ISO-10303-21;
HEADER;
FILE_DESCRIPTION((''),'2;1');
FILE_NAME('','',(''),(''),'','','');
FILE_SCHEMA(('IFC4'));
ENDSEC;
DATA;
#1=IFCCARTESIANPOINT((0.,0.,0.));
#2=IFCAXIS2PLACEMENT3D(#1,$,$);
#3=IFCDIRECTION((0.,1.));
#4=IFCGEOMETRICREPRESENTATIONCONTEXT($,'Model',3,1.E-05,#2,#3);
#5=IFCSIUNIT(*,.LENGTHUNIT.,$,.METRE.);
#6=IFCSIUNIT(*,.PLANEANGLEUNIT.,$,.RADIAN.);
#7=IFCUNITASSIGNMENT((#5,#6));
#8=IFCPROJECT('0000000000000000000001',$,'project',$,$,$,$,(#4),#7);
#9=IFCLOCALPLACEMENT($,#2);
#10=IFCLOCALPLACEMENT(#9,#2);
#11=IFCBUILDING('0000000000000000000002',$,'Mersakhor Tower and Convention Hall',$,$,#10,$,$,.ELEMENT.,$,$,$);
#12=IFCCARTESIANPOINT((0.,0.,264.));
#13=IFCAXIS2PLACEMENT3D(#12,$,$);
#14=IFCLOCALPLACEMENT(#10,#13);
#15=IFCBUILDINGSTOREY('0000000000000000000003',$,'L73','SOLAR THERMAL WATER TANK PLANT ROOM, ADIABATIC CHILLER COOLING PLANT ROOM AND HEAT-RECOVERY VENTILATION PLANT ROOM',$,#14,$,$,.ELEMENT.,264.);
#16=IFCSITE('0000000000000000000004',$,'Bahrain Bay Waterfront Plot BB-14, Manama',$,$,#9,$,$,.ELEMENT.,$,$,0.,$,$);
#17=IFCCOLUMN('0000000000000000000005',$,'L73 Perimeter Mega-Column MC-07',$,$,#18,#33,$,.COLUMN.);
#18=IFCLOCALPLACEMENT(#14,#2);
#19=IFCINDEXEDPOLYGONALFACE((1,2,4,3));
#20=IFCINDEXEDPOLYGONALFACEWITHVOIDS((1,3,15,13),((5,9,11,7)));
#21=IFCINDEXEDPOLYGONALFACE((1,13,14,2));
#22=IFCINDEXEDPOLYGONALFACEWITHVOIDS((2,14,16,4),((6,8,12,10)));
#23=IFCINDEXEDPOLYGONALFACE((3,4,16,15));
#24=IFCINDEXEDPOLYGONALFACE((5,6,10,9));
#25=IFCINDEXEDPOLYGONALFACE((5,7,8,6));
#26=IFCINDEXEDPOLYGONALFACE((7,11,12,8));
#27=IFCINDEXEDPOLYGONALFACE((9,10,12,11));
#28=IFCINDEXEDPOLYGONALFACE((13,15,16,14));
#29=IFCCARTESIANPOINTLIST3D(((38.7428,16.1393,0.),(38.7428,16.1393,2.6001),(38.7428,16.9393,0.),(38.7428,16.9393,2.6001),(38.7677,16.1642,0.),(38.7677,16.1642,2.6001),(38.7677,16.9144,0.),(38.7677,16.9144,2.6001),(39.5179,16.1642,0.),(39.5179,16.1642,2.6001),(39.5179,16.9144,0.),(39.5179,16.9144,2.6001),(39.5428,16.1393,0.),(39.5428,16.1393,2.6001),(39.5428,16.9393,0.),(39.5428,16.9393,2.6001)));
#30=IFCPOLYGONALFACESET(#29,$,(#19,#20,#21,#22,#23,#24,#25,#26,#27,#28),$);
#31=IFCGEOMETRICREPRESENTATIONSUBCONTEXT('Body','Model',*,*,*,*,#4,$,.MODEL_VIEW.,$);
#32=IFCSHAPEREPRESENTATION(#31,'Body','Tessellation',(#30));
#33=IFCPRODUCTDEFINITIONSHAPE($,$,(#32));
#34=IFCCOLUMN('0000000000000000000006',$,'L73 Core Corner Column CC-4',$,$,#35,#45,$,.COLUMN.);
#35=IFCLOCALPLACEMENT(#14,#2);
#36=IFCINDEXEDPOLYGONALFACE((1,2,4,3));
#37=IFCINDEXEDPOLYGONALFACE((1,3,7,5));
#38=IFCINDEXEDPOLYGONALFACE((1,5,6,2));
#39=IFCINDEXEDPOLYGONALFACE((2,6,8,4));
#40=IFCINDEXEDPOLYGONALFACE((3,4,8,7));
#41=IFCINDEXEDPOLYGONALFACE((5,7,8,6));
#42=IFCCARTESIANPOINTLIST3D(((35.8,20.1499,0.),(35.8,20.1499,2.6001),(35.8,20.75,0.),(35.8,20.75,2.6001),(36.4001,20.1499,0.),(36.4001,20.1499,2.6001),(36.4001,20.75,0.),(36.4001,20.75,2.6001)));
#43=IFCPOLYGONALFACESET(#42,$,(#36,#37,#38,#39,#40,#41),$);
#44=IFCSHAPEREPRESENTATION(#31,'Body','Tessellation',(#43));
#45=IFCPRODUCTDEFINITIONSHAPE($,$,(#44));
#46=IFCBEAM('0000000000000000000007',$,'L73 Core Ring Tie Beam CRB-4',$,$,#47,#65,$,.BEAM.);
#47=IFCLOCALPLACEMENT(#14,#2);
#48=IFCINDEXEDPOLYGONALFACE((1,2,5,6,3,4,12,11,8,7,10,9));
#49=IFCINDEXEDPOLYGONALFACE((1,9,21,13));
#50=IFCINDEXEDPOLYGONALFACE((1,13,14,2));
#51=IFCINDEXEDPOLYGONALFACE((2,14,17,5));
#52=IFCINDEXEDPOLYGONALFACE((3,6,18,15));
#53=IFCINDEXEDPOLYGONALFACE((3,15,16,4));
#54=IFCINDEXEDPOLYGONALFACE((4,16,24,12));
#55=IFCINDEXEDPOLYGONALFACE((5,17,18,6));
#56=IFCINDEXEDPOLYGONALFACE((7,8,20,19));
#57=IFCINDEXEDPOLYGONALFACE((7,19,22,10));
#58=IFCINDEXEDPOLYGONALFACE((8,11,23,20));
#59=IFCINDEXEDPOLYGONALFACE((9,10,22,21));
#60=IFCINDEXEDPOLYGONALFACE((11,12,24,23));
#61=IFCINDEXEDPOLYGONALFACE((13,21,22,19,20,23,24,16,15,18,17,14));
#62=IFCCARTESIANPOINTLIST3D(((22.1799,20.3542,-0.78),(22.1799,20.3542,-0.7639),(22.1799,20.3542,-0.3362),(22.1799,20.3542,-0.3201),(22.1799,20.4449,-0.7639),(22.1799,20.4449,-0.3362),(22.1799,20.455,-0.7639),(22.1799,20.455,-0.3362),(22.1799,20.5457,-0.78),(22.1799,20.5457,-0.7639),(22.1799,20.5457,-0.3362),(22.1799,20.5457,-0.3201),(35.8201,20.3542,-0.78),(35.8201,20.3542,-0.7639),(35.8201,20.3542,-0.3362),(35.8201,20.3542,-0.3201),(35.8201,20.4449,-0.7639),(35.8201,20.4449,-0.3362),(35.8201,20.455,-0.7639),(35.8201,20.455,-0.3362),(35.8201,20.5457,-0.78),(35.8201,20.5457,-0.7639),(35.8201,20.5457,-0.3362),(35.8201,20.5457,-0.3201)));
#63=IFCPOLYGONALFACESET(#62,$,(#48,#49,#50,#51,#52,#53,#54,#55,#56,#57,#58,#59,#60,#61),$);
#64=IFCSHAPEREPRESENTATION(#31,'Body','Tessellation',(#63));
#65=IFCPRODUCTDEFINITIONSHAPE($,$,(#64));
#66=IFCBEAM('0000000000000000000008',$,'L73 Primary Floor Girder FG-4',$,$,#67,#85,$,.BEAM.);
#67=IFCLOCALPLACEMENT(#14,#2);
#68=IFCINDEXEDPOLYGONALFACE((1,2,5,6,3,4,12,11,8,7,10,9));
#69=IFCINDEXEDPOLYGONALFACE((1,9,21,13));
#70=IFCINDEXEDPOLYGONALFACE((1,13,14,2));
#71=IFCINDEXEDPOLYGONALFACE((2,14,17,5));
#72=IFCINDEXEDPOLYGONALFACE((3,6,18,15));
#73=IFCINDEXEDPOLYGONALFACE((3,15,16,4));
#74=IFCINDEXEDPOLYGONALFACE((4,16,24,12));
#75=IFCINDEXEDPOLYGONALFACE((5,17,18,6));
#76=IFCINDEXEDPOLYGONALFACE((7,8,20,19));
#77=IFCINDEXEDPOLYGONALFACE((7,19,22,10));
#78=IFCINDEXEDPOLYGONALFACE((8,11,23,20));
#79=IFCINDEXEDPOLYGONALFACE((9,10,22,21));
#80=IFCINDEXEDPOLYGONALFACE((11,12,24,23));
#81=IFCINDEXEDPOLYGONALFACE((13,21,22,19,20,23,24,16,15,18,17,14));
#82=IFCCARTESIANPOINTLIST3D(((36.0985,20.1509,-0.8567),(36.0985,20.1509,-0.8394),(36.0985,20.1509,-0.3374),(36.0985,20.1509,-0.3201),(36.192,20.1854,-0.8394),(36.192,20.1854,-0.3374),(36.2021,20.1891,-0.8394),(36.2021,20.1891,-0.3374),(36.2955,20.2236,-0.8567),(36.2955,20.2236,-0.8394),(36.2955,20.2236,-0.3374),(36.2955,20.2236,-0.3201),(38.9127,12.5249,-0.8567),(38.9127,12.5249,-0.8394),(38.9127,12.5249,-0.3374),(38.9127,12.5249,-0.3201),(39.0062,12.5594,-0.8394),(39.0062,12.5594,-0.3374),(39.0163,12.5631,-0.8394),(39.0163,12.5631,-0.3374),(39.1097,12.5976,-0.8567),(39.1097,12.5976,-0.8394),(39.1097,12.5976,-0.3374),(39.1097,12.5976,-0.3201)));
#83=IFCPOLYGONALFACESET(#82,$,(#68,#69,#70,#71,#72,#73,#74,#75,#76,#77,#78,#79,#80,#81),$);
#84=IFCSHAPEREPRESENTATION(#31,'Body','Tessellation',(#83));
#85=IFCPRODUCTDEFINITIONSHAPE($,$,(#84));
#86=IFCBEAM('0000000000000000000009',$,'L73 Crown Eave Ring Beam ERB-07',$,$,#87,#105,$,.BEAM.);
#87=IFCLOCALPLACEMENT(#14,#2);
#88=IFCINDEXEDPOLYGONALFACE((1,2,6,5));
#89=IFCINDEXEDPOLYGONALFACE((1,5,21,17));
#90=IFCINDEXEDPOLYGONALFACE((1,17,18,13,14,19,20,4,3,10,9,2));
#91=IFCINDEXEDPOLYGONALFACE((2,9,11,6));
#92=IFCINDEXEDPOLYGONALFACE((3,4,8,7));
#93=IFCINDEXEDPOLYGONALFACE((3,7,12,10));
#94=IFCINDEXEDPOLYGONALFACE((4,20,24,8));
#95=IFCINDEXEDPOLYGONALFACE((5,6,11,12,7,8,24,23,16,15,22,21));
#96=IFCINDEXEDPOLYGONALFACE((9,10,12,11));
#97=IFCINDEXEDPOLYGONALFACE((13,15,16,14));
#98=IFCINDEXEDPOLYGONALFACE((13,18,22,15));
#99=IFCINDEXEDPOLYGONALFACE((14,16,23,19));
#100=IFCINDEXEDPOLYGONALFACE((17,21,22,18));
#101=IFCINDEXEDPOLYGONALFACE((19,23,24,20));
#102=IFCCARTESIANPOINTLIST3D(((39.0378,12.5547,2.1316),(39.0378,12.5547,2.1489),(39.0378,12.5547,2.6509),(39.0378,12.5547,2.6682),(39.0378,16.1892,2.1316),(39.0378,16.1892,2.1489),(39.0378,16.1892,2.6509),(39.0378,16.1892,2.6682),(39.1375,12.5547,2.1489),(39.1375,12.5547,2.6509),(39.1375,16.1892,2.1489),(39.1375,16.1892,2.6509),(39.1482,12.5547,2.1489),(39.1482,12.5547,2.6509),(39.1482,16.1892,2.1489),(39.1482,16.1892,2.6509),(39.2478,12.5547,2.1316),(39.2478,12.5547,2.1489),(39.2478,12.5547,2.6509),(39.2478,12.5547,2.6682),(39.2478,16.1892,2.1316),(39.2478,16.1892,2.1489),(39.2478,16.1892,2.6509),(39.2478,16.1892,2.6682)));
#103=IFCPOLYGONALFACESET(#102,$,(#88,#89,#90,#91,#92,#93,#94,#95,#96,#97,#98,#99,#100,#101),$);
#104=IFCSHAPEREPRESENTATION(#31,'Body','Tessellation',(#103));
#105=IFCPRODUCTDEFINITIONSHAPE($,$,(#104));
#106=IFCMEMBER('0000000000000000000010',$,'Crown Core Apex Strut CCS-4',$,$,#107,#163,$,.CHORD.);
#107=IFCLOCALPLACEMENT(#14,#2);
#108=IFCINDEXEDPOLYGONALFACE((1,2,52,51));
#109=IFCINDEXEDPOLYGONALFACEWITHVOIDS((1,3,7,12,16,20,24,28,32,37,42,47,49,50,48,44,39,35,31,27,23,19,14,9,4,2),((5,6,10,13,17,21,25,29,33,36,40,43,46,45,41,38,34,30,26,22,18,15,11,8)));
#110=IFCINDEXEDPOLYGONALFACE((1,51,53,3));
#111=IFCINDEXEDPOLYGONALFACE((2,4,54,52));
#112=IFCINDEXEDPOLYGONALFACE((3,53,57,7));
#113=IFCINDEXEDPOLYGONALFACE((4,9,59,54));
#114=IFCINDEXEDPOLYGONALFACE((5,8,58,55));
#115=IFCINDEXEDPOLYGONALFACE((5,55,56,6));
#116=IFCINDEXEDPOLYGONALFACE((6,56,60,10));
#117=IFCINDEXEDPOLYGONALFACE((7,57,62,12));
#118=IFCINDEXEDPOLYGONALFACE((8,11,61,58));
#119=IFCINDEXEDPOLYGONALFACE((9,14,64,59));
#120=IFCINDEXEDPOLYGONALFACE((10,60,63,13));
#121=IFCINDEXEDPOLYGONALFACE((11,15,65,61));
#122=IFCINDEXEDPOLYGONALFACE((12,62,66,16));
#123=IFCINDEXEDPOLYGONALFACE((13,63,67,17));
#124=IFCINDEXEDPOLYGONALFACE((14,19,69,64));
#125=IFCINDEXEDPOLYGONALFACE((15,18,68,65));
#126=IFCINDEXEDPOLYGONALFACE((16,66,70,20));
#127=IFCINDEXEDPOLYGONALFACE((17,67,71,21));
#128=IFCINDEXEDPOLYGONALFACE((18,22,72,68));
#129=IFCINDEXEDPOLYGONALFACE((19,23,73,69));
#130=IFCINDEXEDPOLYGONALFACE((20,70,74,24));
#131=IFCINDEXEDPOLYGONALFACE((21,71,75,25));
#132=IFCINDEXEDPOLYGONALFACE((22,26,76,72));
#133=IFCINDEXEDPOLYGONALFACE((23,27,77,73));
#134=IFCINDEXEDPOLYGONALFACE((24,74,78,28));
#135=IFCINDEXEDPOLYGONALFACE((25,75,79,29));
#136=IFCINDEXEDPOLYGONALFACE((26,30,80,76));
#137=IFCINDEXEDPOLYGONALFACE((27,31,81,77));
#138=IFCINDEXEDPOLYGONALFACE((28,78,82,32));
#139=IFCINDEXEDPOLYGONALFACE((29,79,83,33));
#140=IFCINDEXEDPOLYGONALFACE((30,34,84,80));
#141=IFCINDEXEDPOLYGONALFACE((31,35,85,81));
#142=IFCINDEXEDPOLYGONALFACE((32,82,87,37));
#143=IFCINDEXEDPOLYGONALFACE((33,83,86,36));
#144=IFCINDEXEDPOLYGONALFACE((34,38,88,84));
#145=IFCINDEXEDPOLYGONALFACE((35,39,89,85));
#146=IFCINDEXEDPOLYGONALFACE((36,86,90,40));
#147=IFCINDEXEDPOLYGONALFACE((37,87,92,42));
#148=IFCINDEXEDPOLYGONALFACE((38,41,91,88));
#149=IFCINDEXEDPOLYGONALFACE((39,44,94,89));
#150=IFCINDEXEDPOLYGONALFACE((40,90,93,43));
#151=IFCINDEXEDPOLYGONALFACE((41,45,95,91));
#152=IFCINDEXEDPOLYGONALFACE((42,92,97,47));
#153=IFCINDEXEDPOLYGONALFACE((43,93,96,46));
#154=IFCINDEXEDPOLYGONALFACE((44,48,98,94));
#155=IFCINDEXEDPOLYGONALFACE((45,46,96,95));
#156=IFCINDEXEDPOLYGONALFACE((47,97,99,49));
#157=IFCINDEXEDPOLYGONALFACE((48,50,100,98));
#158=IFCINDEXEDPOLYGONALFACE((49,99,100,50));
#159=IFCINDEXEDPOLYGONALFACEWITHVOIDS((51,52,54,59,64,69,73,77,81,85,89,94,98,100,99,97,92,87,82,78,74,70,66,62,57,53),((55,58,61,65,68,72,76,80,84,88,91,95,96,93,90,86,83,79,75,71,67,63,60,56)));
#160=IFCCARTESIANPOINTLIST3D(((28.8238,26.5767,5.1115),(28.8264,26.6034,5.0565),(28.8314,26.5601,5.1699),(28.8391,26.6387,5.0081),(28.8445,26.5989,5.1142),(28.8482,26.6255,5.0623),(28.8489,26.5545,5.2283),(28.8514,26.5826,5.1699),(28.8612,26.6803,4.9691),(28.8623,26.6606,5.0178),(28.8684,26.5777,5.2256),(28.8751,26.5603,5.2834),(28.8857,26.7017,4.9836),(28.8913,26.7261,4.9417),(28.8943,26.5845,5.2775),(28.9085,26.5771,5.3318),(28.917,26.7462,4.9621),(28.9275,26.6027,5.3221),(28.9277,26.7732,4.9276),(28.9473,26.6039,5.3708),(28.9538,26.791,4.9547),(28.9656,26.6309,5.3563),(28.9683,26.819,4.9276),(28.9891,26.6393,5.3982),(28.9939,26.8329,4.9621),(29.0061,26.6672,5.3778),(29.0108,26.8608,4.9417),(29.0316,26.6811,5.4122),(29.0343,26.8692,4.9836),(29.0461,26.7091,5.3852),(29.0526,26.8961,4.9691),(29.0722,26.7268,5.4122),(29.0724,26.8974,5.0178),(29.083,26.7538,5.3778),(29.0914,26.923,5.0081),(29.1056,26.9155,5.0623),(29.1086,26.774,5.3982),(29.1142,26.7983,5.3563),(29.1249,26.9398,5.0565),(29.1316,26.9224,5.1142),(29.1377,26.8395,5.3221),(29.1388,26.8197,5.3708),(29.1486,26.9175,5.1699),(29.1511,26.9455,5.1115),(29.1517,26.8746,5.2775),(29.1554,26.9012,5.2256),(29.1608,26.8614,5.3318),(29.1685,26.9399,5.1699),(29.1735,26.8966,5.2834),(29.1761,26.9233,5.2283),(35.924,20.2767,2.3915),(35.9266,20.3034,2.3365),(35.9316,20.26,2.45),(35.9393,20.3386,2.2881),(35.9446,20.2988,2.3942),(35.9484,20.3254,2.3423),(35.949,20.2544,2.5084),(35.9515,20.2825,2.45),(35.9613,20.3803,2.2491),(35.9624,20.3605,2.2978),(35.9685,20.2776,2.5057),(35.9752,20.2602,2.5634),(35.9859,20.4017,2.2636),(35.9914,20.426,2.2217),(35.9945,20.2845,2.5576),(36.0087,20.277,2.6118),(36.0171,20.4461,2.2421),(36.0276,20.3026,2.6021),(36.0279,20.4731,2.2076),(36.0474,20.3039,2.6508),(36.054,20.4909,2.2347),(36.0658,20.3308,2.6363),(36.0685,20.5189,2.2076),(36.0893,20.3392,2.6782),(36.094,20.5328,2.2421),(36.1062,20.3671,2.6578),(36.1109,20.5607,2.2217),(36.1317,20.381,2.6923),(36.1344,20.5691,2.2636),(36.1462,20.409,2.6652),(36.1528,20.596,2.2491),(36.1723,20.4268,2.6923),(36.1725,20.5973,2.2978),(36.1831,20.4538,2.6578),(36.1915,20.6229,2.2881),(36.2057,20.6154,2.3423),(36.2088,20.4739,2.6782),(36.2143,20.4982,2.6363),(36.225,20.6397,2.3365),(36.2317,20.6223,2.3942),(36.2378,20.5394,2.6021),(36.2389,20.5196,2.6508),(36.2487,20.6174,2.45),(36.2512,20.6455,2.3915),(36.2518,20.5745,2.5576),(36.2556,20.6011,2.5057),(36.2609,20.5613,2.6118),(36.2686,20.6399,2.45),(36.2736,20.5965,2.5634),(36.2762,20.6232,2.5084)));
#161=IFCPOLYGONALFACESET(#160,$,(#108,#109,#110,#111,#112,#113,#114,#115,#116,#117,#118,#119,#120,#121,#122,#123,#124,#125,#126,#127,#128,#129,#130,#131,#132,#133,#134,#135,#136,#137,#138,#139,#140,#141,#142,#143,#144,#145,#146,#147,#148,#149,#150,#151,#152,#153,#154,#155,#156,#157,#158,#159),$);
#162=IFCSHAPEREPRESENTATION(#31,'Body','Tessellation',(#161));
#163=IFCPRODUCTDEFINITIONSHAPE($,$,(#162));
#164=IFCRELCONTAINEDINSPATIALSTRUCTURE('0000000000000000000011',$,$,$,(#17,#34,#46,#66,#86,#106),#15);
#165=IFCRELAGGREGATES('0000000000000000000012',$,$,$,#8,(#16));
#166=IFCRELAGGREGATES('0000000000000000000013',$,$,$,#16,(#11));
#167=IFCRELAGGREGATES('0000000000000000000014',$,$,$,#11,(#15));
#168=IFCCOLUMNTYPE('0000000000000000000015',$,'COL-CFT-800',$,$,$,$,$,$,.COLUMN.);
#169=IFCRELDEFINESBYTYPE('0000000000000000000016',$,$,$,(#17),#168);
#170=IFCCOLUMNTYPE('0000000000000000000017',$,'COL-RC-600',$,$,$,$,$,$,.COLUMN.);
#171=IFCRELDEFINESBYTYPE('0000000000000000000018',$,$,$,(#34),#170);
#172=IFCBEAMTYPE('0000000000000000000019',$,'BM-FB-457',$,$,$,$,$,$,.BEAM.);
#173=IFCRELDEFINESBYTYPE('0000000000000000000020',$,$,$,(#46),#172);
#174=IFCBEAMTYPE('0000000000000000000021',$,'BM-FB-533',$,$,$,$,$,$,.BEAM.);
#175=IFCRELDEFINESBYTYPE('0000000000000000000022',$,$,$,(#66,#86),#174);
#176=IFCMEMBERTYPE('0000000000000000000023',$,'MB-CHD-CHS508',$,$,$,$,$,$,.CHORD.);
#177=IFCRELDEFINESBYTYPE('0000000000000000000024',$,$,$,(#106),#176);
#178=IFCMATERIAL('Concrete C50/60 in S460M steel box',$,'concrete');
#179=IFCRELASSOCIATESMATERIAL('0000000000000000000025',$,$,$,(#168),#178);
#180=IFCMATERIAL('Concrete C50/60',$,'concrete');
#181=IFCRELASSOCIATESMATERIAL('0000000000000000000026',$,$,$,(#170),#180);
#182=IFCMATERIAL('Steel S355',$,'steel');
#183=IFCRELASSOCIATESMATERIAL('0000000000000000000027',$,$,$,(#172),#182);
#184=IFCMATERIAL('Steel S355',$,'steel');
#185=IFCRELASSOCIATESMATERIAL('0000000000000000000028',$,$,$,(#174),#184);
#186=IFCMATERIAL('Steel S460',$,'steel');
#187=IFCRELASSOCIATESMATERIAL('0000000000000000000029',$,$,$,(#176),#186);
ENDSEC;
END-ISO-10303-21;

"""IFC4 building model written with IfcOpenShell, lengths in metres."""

from ifc_helpers import new_model, si_unit, direction, frame, origin, origin_2d, place, context, subcontext, project, spatial, rectangle, hollow_rectangle, hollow_circle, i_section, extrude, material, material_profile, profile_set, type_object, element, save


model = new_model("IFC4")

# Units and contexts
model_context = context("Model", 3, precision=1e-05, world=origin(), true_north=direction((0.0, 1.0)))
body_context = subcontext(model_context, "Body", "Model", "MODEL_VIEW")
ifc_project = project(units=[si_unit("LENGTHUNIT", "METRE"), si_unit("PLANEANGLEUNIT", "RADIAN")], contexts=[model_context])

# Site, building, storey
site_placement = place(None, origin())
site = spatial("IfcSite", under=ifc_project, at=site_placement, Name="Bahrain Bay Waterfront Plot BB-14, Manama", CompositionType="ELEMENT", RefElevation=0.0)
building_placement = place(site_placement, origin())
building = spatial("IfcBuilding", under=site, at=building_placement, Name="Mersakhor Tower and Convention Hall", CompositionType="ELEMENT")
storey_placement = place(building_placement, frame((0.0, 0.0, 264.0)))
storey = spatial("IfcBuildingStorey", under=building, at=storey_placement, Name="L73", Description="SOLAR THERMAL WATER TANK PLANT ROOM, ADIABATIC CHILLER COOLING PLANT ROOM AND HEAT-RECOVERY VENTILATION PLANT ROOM", CompositionType="ELEMENT", Elevation=264.0)

# Columns
ifc_material_1 = material(Name="Concrete C50/60 in S460M steel box", Category="concrete")
ifc_material_profile_1 = material_profile(ifc_material_1, hollow_rectangle(XDim=0.8, YDim=0.8, WallThickness=0.0249, at=origin_2d()), Name="SHS 800x800x25")
ifc_profile_set_1 = profile_set([ifc_material_profile_1], Name="Concrete C50/60 in S460M steel box")
column_type_1 = type_object("IfcColumnType", Name="COL-CFT-800", PredefinedType="COLUMN", material=ifc_profile_set_1)
column_1_placement = place(storey_placement, frame((39.1428, 16.5393, 0.0), z_axis=(0.0, 0.0, 1.0), x_axis=(1.0, 0.0, 0.0)))
element("IfcColumn", 1, at=column_1_placement, inside=storey, type_object=column_type_1, Name="L73 Perimeter Mega-Column MC-07", PredefinedType="COLUMN", context=body_context, shape_type="SweptSolid", body=[
    extrude(hollow_rectangle(XDim=0.8, YDim=0.8, WallThickness=0.0249, at=origin_2d()), origin(), (0.0, 0.0, 1.0), 2.6001),
])
ifc_material_2 = material(Name="Concrete C50/60", Category="concrete")
ifc_material_profile_2 = material_profile(ifc_material_2, rectangle(XDim=0.6001, YDim=0.6001, at=origin_2d()), Name="RC 600x600")
ifc_profile_set_2 = profile_set([ifc_material_profile_2], Name="Concrete C50/60")
column_type_2 = type_object("IfcColumnType", Name="COL-RC-600", PredefinedType="COLUMN", material=ifc_profile_set_2)
column_2_placement = place(storey_placement, frame((36.1001, 20.45, 0.0), z_axis=(0.0, 0.0, 1.0), x_axis=(1.0, 0.0, 0.0)))
element("IfcColumn", 2, at=column_2_placement, inside=storey, type_object=column_type_2, Name="L73 Core Corner Column CC-4", PredefinedType="COLUMN", context=body_context, shape_type="SweptSolid", body=[
    extrude(rectangle(XDim=0.6001, YDim=0.6001, at=origin_2d()), origin(), (0.0, 0.0, 1.0), 2.6001),
])

# Beams
ifc_material_3 = material(Name="Steel S355", Category="steel")
ifc_material_profile_3 = material_profile(ifc_material_3, i_section(OverallWidth=0.1914, OverallDepth=0.46, WebThickness=0.01, FlangeThickness=0.0161, at=origin_2d()), Name="UB 457x191x82")
ifc_profile_set_3 = profile_set([ifc_material_profile_3], Name="Steel S355")
beam_type_1 = type_object("IfcBeamType", Name="BM-FB-457", PredefinedType="BEAM", material=ifc_profile_set_3)
beam_1_placement = place(storey_placement, frame((35.8201, 20.45, -0.55), z_axis=(-1.0, 0.0, 0.0), x_axis=(0.0, -1.0, 0.0)))
element("IfcBeam", 3, at=beam_1_placement, inside=storey, type_object=beam_type_1, Name="L73 Core Ring Tie Beam CRB-4", PredefinedType="BEAM", context=body_context, shape_type="SweptSolid", body=[
    extrude(i_section(OverallWidth=0.1914, OverallDepth=0.46, WebThickness=0.01, FlangeThickness=0.0161, at=origin_2d()), origin(), (0.0, 0.0, 1.0), 13.6401),
])
ifc_material_4 = material(Name="Steel S355", Category="steel")
ifc_material_profile_4 = material_profile(ifc_material_4, i_section(OverallWidth=0.21, OverallDepth=0.5366, WebThickness=0.0107, FlangeThickness=0.0173, at=origin_2d()), Name="UB 533x210x101")
ifc_profile_set_4 = profile_set([ifc_material_profile_4], Name="Steel S355")
beam_type_2 = type_object("IfcBeamType", Name="BM-FB-533", PredefinedType="BEAM", material=ifc_profile_set_4)
beam_2_placement = place(storey_placement, frame((36.197, 20.1873, -0.5884), z_axis=(0.346208, -0.938158, 0.0), x_axis=(0.938158, 0.346208, 0.0)))
element("IfcBeam", 4, at=beam_2_placement, inside=storey, type_object=beam_type_2, Name="L73 Primary Floor Girder FG-4", PredefinedType="BEAM", context=body_context, shape_type="SweptSolid", body=[
    extrude(i_section(OverallWidth=0.21, OverallDepth=0.5366, WebThickness=0.0107, FlangeThickness=0.0173, at=origin_2d()), origin(), (0.0, 0.0, 1.0), 8.1287),
])
beam_3_placement = place(storey_placement, frame((39.1428, 16.1892, 2.3999), z_axis=(0.0, -1.0, 0.0), x_axis=(1.0, 0.0, 0.0)))
element("IfcBeam", 5, at=beam_3_placement, inside=storey, type_object=beam_type_2, Name="L73 Crown Eave Ring Beam ERB-07", PredefinedType="BEAM", context=body_context, shape_type="SweptSolid", body=[
    extrude(i_section(OverallWidth=0.21, OverallDepth=0.5366, WebThickness=0.0107, FlangeThickness=0.0173, at=origin_2d()), origin(), (0.0, 0.0, 1.0), 3.6345),
])

# Member
ifc_material_5 = material(Name="Steel S460", Category="steel")
ifc_material_profile_5 = material_profile(ifc_material_5, hollow_circle(Radius=0.2539, WallThickness=0.03, at=origin_2d()), Name="CHS 508x30")
ifc_profile_set_5 = profile_set([ifc_material_profile_5], Name="Steel S460")
member_type_1 = type_object("IfcMemberType", Name="MB-CHD-CHS508", PredefinedType="CHORD", material=ifc_profile_set_5)
member_1_placement = place(storey_placement, frame((36.1001, 20.45, 2.45), z_axis=(-0.719054, 0.63803, 0.275462), x_axis=(-0.663707, -0.747992, 0.0)))
element("IfcMember", 6, at=member_1_placement, inside=storey, type_object=member_type_1, Name="Crown Core Apex Strut CCS-4", PredefinedType="CHORD", context=body_context, shape_type="SweptSolid", body=[
    extrude(hollow_circle(Radius=0.2539, WallThickness=0.03, at=origin_2d()), origin(), (0.0, 0.0, 1.0), 9.8743),
])

save(model, "model.ifc")
